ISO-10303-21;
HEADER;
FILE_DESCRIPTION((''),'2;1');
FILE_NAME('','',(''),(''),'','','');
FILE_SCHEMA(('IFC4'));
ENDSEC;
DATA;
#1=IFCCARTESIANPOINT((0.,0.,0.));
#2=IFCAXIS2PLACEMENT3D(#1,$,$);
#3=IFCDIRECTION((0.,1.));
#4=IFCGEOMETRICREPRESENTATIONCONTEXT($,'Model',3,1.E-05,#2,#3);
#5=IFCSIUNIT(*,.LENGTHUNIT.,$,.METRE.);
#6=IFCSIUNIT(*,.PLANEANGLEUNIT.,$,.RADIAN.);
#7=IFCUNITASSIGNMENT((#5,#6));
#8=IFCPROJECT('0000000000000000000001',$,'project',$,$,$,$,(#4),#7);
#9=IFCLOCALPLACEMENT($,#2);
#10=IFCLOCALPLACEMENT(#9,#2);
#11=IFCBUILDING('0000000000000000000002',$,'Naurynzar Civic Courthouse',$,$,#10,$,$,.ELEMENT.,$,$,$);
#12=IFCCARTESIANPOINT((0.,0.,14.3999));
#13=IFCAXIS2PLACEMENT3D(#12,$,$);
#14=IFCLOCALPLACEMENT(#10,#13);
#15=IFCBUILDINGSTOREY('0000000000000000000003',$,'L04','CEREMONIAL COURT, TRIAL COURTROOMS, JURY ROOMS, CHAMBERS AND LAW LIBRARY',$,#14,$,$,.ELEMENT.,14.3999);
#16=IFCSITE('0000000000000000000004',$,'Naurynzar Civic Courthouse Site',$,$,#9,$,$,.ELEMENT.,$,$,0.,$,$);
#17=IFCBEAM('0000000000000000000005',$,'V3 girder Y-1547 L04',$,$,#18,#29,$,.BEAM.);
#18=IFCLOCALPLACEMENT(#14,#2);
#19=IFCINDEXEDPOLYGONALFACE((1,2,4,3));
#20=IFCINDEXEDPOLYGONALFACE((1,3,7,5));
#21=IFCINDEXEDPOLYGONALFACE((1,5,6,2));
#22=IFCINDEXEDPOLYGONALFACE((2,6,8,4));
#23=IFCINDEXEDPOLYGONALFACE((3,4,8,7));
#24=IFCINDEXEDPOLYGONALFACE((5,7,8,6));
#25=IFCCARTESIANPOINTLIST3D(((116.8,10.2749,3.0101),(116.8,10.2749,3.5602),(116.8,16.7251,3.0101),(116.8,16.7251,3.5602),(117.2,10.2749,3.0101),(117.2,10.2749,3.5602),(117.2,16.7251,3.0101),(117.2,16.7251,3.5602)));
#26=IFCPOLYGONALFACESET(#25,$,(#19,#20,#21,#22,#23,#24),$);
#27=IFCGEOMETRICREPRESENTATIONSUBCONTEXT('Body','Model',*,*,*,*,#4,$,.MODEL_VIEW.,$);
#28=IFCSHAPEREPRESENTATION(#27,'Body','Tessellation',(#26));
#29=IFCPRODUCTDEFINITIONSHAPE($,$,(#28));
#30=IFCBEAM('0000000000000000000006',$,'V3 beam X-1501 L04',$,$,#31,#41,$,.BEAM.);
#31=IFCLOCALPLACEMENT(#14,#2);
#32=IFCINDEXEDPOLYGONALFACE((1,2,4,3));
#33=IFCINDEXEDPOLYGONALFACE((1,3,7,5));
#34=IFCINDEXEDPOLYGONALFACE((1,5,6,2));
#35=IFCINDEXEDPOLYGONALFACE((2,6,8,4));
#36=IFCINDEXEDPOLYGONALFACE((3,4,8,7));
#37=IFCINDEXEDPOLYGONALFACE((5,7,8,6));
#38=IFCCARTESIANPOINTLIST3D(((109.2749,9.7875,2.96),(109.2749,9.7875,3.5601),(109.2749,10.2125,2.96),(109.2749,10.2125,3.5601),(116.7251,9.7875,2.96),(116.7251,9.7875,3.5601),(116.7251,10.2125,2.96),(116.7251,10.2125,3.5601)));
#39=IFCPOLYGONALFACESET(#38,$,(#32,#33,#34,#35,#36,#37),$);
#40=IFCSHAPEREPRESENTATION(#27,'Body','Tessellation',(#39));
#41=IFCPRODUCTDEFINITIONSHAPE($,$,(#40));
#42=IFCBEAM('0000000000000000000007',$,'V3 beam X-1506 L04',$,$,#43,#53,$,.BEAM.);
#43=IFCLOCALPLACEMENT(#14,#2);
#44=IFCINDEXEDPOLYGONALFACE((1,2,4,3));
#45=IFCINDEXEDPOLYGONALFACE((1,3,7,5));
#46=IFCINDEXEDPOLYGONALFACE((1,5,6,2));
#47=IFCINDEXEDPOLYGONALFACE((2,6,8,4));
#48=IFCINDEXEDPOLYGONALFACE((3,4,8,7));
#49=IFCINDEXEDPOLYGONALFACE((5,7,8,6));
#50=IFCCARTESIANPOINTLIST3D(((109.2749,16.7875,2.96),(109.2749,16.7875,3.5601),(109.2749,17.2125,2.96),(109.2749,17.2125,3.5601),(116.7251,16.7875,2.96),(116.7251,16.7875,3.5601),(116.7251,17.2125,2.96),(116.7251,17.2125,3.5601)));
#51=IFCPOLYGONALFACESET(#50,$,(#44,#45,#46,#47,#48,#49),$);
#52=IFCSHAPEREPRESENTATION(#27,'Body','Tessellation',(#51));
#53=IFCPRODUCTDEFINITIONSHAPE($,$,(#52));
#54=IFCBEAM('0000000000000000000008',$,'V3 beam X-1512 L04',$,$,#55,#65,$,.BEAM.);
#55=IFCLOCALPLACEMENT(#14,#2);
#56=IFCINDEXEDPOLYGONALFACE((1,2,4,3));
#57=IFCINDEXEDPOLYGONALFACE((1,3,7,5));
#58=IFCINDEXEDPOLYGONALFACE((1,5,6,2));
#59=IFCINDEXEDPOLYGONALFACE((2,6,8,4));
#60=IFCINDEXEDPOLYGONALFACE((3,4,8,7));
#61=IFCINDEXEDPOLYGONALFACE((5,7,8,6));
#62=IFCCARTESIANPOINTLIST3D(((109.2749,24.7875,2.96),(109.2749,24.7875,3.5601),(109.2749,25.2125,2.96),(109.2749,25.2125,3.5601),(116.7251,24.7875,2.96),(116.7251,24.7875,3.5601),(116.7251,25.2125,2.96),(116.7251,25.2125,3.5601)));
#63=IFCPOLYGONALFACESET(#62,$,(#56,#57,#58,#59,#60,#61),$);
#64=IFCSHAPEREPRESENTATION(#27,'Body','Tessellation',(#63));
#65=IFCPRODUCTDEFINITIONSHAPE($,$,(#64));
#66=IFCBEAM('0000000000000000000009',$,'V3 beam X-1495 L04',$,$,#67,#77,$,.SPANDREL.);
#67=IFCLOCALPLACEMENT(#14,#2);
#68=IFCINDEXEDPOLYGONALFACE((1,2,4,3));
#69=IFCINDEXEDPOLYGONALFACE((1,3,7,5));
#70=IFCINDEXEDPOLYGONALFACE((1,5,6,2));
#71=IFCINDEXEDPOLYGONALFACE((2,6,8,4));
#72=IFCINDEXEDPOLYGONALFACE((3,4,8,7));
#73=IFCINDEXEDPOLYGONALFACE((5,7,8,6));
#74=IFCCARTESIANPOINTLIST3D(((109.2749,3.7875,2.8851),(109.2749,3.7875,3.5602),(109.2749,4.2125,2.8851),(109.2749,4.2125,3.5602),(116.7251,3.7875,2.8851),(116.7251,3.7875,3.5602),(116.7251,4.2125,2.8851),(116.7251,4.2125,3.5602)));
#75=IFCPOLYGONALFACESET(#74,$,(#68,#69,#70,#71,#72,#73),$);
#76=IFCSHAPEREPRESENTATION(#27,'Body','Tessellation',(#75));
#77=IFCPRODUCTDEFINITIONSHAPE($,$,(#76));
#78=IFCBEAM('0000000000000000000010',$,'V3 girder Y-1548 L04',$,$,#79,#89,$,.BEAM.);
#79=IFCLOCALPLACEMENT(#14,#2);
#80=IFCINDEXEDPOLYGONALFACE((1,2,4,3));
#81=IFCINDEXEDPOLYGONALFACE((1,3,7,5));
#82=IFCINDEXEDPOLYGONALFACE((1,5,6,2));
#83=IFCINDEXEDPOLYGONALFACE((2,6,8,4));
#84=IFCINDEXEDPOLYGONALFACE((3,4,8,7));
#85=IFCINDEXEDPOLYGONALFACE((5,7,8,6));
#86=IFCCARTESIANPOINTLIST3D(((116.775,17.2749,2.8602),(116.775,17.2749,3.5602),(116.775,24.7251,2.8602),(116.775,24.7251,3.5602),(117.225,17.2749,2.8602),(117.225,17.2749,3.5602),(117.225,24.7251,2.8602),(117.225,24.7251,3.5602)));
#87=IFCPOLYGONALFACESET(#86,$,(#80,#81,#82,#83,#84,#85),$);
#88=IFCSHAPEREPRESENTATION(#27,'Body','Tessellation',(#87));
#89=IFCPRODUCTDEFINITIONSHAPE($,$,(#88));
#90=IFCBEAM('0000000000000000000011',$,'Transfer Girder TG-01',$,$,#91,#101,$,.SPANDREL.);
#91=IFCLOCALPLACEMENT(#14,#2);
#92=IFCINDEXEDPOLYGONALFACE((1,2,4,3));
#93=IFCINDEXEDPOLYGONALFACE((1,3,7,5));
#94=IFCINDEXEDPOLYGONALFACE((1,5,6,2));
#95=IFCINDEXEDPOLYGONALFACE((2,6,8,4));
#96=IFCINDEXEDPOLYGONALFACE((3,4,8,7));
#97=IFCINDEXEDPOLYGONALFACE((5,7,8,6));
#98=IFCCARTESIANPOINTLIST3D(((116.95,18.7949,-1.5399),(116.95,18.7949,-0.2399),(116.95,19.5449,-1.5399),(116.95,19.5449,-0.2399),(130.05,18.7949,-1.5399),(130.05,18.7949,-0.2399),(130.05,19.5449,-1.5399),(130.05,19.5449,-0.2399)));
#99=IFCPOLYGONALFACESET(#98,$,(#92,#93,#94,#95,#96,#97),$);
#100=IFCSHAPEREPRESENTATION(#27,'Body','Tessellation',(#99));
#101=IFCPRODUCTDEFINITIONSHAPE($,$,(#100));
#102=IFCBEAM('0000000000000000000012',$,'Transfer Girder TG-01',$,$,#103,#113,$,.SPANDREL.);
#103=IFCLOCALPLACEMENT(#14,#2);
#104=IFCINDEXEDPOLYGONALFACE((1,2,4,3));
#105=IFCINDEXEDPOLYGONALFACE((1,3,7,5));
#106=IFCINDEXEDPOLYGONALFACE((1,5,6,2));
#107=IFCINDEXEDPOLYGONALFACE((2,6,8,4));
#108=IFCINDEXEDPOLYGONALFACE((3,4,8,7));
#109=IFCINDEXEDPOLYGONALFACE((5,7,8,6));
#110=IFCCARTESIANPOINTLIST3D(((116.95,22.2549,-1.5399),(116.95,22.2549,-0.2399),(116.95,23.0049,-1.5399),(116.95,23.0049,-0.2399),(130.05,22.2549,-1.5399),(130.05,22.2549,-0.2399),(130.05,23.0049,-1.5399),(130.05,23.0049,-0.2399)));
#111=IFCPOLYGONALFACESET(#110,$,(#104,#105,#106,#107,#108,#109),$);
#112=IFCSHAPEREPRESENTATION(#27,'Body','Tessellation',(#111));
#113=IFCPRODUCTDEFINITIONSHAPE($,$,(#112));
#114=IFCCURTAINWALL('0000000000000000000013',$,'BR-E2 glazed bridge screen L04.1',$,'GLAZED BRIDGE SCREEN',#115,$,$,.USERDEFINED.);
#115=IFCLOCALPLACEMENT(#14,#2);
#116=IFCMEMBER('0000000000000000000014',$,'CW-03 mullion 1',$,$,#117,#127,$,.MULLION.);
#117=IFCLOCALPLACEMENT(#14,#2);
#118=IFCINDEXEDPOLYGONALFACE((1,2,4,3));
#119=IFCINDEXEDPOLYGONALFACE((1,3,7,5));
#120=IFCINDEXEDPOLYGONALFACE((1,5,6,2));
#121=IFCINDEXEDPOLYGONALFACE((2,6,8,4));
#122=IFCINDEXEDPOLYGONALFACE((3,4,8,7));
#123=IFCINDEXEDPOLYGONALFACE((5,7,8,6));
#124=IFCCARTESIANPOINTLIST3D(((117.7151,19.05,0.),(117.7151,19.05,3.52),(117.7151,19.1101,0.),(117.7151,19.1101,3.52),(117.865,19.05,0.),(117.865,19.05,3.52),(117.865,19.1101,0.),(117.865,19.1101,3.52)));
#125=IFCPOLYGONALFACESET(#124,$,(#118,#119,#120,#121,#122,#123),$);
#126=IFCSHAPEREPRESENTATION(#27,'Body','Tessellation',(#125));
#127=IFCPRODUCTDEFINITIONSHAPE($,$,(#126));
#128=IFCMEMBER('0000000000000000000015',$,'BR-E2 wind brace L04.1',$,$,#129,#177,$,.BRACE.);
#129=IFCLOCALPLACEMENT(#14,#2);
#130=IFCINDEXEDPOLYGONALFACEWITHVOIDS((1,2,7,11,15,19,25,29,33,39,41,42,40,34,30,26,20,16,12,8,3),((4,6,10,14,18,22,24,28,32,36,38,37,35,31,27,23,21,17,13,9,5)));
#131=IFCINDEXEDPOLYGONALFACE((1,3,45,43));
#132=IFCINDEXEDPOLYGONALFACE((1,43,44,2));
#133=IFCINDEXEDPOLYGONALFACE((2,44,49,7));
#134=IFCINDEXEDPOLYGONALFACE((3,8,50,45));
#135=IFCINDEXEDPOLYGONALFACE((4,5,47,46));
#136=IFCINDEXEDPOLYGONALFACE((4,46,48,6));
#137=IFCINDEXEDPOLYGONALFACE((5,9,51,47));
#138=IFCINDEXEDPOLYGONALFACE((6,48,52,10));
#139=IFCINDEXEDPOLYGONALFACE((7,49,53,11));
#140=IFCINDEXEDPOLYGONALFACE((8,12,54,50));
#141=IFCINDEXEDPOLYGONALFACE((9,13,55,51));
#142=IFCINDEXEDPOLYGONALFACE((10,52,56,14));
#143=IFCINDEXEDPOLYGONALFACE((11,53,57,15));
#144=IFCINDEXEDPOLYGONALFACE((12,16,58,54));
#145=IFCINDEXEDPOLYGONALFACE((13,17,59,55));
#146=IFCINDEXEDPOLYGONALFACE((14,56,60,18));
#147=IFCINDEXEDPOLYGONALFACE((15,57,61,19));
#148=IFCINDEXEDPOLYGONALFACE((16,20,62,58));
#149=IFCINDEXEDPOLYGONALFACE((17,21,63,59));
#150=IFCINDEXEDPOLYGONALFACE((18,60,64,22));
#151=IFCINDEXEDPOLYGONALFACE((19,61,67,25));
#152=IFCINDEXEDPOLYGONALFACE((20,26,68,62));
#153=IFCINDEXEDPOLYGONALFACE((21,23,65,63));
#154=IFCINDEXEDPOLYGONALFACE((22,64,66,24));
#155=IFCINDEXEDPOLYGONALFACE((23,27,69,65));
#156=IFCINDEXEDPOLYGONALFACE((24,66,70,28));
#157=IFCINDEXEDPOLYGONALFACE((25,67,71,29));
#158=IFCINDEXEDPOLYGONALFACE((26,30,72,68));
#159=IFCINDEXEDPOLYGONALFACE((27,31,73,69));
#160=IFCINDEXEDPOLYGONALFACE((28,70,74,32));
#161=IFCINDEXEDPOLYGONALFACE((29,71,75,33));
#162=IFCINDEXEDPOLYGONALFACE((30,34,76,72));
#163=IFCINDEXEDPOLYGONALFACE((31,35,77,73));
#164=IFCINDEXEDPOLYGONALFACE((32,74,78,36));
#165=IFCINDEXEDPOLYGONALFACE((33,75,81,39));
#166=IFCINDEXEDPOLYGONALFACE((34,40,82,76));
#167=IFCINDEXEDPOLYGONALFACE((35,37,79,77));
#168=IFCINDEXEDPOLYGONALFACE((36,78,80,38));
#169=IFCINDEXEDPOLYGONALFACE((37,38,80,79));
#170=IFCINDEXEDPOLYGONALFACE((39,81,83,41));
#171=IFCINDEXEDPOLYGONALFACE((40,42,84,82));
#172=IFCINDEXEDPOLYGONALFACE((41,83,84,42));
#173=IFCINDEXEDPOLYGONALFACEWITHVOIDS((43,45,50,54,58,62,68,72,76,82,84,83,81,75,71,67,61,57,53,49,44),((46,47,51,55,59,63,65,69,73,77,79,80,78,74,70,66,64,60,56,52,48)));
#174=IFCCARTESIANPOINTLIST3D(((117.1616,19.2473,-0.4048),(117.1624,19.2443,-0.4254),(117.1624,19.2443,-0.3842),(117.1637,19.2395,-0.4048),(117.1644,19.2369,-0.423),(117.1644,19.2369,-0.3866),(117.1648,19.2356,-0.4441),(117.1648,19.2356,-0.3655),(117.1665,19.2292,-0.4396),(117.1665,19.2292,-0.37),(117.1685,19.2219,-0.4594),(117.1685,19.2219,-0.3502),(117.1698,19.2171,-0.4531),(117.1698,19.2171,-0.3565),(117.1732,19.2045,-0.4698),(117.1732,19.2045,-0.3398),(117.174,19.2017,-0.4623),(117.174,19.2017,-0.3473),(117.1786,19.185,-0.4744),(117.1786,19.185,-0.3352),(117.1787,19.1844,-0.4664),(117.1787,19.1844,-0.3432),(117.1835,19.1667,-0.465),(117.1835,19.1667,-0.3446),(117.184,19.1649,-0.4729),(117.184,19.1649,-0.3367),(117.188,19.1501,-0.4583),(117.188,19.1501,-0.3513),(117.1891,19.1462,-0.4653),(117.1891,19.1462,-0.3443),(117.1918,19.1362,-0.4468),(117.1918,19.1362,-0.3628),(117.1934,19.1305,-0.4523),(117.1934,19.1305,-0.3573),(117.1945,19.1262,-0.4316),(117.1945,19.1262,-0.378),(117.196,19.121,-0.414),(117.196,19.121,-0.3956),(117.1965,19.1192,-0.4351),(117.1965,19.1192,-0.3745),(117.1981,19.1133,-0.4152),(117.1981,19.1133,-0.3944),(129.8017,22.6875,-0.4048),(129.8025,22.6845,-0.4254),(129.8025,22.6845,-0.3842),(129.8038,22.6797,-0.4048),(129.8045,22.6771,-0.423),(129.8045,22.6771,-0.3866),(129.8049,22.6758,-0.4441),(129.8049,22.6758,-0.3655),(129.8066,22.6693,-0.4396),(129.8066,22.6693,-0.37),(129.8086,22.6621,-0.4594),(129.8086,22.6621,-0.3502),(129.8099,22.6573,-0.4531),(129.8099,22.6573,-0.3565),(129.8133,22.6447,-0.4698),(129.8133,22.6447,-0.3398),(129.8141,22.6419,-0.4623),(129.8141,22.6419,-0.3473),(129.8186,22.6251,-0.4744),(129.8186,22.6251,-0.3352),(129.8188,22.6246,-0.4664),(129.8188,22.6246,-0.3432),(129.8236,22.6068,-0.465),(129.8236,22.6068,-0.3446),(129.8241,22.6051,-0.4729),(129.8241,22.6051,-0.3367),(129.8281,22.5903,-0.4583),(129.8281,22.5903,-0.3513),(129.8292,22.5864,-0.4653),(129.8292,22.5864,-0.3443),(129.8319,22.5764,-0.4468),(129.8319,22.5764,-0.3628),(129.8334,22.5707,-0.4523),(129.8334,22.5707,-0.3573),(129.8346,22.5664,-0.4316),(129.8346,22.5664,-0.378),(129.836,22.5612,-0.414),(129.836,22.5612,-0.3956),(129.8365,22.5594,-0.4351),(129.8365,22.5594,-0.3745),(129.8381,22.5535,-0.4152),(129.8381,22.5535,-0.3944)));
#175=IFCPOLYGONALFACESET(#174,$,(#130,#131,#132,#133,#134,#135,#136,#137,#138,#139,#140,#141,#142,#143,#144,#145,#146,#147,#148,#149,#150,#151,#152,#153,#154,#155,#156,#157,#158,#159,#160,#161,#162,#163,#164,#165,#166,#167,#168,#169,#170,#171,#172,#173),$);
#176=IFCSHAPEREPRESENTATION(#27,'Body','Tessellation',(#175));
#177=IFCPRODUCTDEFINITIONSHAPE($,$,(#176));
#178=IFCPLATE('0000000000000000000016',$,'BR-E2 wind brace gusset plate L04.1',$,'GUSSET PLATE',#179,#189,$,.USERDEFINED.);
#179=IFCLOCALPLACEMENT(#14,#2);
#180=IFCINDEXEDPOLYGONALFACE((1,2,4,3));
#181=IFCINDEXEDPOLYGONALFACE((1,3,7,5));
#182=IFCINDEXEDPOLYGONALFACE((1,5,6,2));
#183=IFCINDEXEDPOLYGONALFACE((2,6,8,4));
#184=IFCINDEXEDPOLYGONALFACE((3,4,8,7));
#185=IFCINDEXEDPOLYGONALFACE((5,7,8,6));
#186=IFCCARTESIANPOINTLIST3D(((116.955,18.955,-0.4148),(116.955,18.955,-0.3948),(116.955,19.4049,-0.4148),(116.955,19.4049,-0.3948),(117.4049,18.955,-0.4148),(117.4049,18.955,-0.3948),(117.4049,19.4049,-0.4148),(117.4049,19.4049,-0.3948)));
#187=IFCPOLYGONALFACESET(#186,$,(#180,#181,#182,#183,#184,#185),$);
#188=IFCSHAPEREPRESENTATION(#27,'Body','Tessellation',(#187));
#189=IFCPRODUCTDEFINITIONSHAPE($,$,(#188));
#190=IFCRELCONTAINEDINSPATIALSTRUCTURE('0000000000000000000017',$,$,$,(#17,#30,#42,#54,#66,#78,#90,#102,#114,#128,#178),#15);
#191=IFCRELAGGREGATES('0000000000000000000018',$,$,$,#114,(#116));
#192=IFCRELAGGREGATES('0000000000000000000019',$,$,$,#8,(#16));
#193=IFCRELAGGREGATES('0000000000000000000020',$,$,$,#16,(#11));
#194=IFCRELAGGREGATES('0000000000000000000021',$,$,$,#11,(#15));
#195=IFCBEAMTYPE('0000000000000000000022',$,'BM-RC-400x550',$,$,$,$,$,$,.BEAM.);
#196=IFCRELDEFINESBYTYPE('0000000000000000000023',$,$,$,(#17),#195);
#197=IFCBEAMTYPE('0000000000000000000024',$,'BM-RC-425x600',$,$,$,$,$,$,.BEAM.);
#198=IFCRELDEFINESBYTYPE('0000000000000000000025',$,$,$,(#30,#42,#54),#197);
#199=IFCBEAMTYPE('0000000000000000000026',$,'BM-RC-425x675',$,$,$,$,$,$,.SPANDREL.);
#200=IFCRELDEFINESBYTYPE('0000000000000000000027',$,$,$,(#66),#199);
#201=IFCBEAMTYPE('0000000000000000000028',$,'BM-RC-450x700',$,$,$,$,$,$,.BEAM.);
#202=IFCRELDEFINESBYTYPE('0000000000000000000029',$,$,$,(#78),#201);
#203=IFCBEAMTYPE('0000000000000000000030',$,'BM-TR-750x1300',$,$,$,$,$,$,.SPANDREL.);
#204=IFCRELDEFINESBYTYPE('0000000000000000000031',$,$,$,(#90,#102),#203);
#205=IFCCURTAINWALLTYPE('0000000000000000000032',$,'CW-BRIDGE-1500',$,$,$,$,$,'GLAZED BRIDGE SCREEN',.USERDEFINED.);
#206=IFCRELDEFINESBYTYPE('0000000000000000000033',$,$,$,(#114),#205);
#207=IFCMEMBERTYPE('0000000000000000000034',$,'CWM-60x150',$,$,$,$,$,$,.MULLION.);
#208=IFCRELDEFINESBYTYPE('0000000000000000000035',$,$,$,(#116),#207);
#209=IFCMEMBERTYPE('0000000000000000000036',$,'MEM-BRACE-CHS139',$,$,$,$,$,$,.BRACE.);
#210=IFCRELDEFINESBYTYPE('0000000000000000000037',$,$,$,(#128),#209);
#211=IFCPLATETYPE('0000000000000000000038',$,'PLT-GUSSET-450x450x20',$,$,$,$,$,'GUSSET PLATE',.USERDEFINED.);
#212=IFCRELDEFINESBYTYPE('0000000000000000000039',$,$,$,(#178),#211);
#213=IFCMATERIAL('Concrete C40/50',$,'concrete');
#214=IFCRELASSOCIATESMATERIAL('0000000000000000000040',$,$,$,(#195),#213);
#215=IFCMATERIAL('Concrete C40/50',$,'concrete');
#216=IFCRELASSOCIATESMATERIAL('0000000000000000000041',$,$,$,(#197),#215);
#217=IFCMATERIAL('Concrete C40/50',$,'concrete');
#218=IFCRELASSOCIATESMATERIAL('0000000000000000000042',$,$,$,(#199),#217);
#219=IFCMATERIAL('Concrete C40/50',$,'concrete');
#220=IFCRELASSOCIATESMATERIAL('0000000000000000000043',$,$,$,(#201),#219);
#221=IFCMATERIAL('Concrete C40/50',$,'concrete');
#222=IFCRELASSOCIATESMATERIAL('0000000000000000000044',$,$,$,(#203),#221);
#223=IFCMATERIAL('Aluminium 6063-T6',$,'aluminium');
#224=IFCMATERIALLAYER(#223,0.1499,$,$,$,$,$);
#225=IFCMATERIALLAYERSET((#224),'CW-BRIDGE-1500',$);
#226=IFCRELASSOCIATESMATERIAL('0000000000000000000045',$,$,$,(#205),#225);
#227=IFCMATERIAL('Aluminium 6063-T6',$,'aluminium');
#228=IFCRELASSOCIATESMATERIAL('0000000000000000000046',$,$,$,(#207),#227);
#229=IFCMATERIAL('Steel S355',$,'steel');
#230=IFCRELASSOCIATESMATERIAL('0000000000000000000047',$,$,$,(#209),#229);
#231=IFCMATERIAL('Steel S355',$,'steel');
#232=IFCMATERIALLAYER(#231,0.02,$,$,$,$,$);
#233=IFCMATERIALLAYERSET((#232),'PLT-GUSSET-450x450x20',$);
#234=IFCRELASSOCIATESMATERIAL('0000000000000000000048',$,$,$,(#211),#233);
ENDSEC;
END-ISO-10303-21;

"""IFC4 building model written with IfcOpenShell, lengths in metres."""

from ifc_helpers import new_model, si_unit, direction, frame, origin, origin_2d, place, context, subcontext, project, spatial, rectangle, hollow_circle, extrude, material, layer, layer_set, material_profile, profile_set, type_object, element, aggregate, save


model = new_model("IFC4")

# Units and contexts
model_context = context("Model", 3, precision=1e-05, world=origin(), true_north=direction((0.0, 1.0)))
body_context = subcontext(model_context, "Body", "Model", "MODEL_VIEW")
ifc_project = project(units=[si_unit("LENGTHUNIT", "METRE"), si_unit("PLANEANGLEUNIT", "RADIAN")], contexts=[model_context])

# Site, building, storey
site_placement = place(None, origin())
site = spatial("IfcSite", under=ifc_project, at=site_placement, Name="Naurynzar Civic Courthouse Site", CompositionType="ELEMENT", RefElevation=0.0)
building_placement = place(site_placement, origin())
building = spatial("IfcBuilding", under=site, at=building_placement, Name="Naurynzar Civic Courthouse", CompositionType="ELEMENT")
storey_placement = place(building_placement, frame((0.0, 0.0, 14.3999)))
storey = spatial("IfcBuildingStorey", under=building, at=storey_placement, Name="L04", Description="CEREMONIAL COURT, TRIAL COURTROOMS, JURY ROOMS, CHAMBERS AND LAW LIBRARY", CompositionType="ELEMENT", Elevation=14.3999)

# Beams
ifc_material_1 = material(Name="Concrete C40/50", Category="concrete")
ifc_material_profile_1 = material_profile(ifc_material_1, rectangle(XDim=0.3999, YDim=0.55, at=origin_2d()), Name="RCB 400x550")
ifc_profile_set_1 = profile_set([ifc_material_profile_1], Name="Concrete C40/50")
beam_type_1 = type_object("IfcBeamType", Name="BM-RC-400x550", PredefinedType="BEAM", material=ifc_profile_set_1)
beam_1_placement = place(storey_placement, frame((117.0, 10.2749, 3.2852), z_axis=(0.0, 1.0, 0.0), x_axis=(-1.0, 0.0, 0.0)))
element("IfcBeam", 1, at=beam_1_placement, inside=storey, type_object=beam_type_1, Name="V3 girder Y-1547 L04", PredefinedType="BEAM", context=body_context, shape_type="SweptSolid", body=[
    extrude(rectangle(XDim=0.3999, YDim=0.55, at=origin_2d()), origin(), (0.0, 0.0, 1.0), 6.4502),
])
ifc_material_2 = material(Name="Concrete C40/50", Category="concrete")
ifc_material_profile_2 = material_profile(ifc_material_2, rectangle(XDim=0.425, YDim=0.6001, at=origin_2d()), Name="RCB 425x600")
ifc_profile_set_2 = profile_set([ifc_material_profile_2], Name="Concrete C40/50")
beam_type_2 = type_object("IfcBeamType", Name="BM-RC-425x600", PredefinedType="BEAM", material=ifc_profile_set_2)
for number, where, z_axis, x_axis, name in (
    (2, (109.2749, 10.0, 3.26), (1.0, 0.0, 0.0), (0.0, 1.0, 0.0), "V3 beam X-1501 L04"),
    (3, (109.2749, 17.0, 3.26), (1.0, 0.0, 0.0), (0.0, 1.0, 0.0), "V3 beam X-1506 L04"),
    (4, (109.2749, 25.0, 3.26), (1.0, 0.0, 0.0), (0.0, 1.0, 0.0), "V3 beam X-1512 L04"),
):
    element("IfcBeam", number, at=place(storey_placement, frame(where, z_axis=z_axis, x_axis=x_axis)), inside=storey, type_object=beam_type_2, Name=name, PredefinedType="BEAM", context=body_context, shape_type="SweptSolid", body=[
        extrude(rectangle(XDim=0.425, YDim=0.6001, at=origin_2d()), origin(), (0.0, 0.0, 1.0), 7.4502),
    ])
ifc_material_3 = material(Name="Concrete C40/50", Category="concrete")
ifc_material_profile_3 = material_profile(ifc_material_3, rectangle(XDim=0.425, YDim=0.675, at=origin_2d()), Name="RCB 425x675")
ifc_profile_set_3 = profile_set([ifc_material_profile_3], Name="Concrete C40/50")
beam_type_3 = type_object("IfcBeamType", Name="BM-RC-425x675", PredefinedType="SPANDREL", material=ifc_profile_set_3)
beam_2_placement = place(storey_placement, frame((109.2749, 4.0, 3.2227), z_axis=(1.0, 0.0, 0.0), x_axis=(0.0, 1.0, 0.0)))
element("IfcBeam", 5, at=beam_2_placement, inside=storey, type_object=beam_type_3, Name="V3 beam X-1495 L04", PredefinedType="SPANDREL", context=body_context, shape_type="SweptSolid", body=[
    extrude(rectangle(XDim=0.425, YDim=0.675, at=origin_2d()), origin(), (0.0, 0.0, 1.0), 7.4502),
])
ifc_material_4 = material(Name="Concrete C40/50", Category="concrete")
ifc_material_profile_4 = material_profile(ifc_material_4, rectangle(XDim=0.45, YDim=0.7, at=origin_2d()), Name="RCB 450x700")
ifc_profile_set_4 = profile_set([ifc_material_profile_4], Name="Concrete C40/50")
beam_type_4 = type_object("IfcBeamType", Name="BM-RC-450x700", PredefinedType="BEAM", material=ifc_profile_set_4)
beam_3_placement = place(storey_placement, frame((117.0, 17.2749, 3.2102), z_axis=(0.0, 1.0, 0.0), x_axis=(-1.0, 0.0, 0.0)))
element("IfcBeam", 6, at=beam_3_placement, inside=storey, type_object=beam_type_4, Name="V3 girder Y-1548 L04", PredefinedType="BEAM", context=body_context, shape_type="SweptSolid", body=[
    extrude(rectangle(XDim=0.45, YDim=0.7, at=origin_2d()), origin(), (0.0, 0.0, 1.0), 7.4502),
])
ifc_material_5 = material(Name="Concrete C40/50", Category="concrete")
ifc_material_profile_5 = material_profile(ifc_material_5, rectangle(XDim=0.75, YDim=1.3, at=origin_2d()), Name="RCT 750x1300")
ifc_profile_set_5 = profile_set([ifc_material_profile_5], Name="Concrete C40/50")
beam_type_5 = type_object("IfcBeamType", Name="BM-TR-750x1300", PredefinedType="SPANDREL", material=ifc_profile_set_5)
for number, where, z_axis, x_axis, name in (
    (7, (116.95, 19.1699, -0.8899), (1.0, 0.0, 0.0), (0.0, 1.0, 0.0), "Transfer Girder TG-01"),
    (8, (116.95, 22.6299, -0.8899), (1.0, 0.0, 0.0), (0.0, 1.0, 0.0), "Transfer Girder TG-01"),
):
    element("IfcBeam", number, at=place(storey_placement, frame(where, z_axis=z_axis, x_axis=x_axis)), inside=storey, type_object=beam_type_5, Name=name, PredefinedType="SPANDREL", context=body_context, shape_type="SweptSolid", body=[
        extrude(rectangle(XDim=0.75, YDim=1.3, at=origin_2d()), origin(), (0.0, 0.0, 1.0), 13.1001),
    ])

# Curtain wall, member
ifc_material_6 = material(Name="Aluminium 6063-T6", Category="aluminium")
ifc_layer_1 = layer(ifc_material_6, 0.1499)
ifc_layer_set_1 = layer_set([ifc_layer_1], Name="CW-BRIDGE-1500")
curtain_wall_type = type_object("IfcCurtainWallType", Name="CW-BRIDGE-1500", ElementType="GLAZED BRIDGE SCREEN", PredefinedType="USERDEFINED", material=ifc_layer_set_1)
curtain_wall_placement = place(storey_placement, origin())
curtain_wall = element("IfcCurtainWall", 9, at=curtain_wall_placement, inside=storey, type_object=curtain_wall_type, Name="BR-E2 glazed bridge screen L04.1", ObjectType="GLAZED BRIDGE SCREEN", PredefinedType="USERDEFINED")
ifc_material_7 = material(Name="Aluminium 6063-T6", Category="aluminium")
ifc_material_profile_6 = material_profile(ifc_material_7, rectangle(XDim=0.0601, YDim=0.1499, at=origin_2d()), Name="ALU MULLION 60x150")
ifc_profile_set_6 = profile_set([ifc_material_profile_6], Name="Aluminium 6063-T6")
member_type_1 = type_object("IfcMemberType", Name="CWM-60x150", PredefinedType="MULLION", material=ifc_profile_set_6)
member_1_placement = place(storey_placement, frame((117.79, 19.0801, 0.0), z_axis=(0.0, 0.0, 1.0), x_axis=(0.0, 1.0, 0.0)))
member_1 = element("IfcMember", 10, at=member_1_placement, type_object=member_type_1, Name="CW-03 mullion 1", PredefinedType="MULLION", context=body_context, shape_type="SweptSolid", body=[
    extrude(rectangle(XDim=0.0601, YDim=0.1499, at=origin_2d()), origin(), (0.0, 0.0, 1.0), 3.52),
])
aggregate(curtain_wall, [member_1])

# Member
ifc_material_8 = material(Name="Steel S355", Category="steel")
ifc_material_profile_7 = material_profile(ifc_material_8, hollow_circle(Radius=0.0698, WallThickness=0.0081, at=origin_2d()), Name="CHS 139.7x8")
ifc_profile_set_7 = profile_set([ifc_material_profile_7], Name="Steel S355")
member_type_2 = type_object("IfcMemberType", Name="MEM-BRACE-CHS139", PredefinedType="BRACE", material=ifc_profile_set_7)
member_2_placement = place(storey_placement, frame((117.1799, 19.1799, -0.4048), z_axis=(0.964902, 0.262611, 0.0), x_axis=(-0.262611, 0.964902, 0.0)))
element("IfcMember", 11, at=member_2_placement, inside=storey, type_object=member_type_2, Name="BR-E2 wind brace L04.1", PredefinedType="BRACE", context=body_context, shape_type="SweptSolid", body=[
    extrude(hollow_circle(Radius=0.0698, WallThickness=0.0081, at=origin_2d()), origin(), (0.0, 0.0, 1.0), 13.0999),
])

# Plate
ifc_material_9 = material(Name="Steel S355", Category="steel")
ifc_layer_2 = layer(ifc_material_9, 0.02)
ifc_layer_set_2 = layer_set([ifc_layer_2], Name="PLT-GUSSET-450x450x20")
plate_type_1 = type_object("IfcPlateType", Name="PLT-GUSSET-450x450x20", ElementType="GUSSET PLATE", PredefinedType="USERDEFINED", material=ifc_layer_set_2)
plate_1_placement = place(storey_placement, frame((117.1799, 19.1799, -0.4148), z_axis=(0.0, 0.0, 1.0), x_axis=(1.0, 0.0, 0.0)))
element("IfcPlate", 12, at=plate_1_placement, inside=storey, type_object=plate_type_1, Name="BR-E2 wind brace gusset plate L04.1", ObjectType="GUSSET PLATE", PredefinedType="USERDEFINED", context=body_context, shape_type="SweptSolid", body=[
    extrude(rectangle(XDim=0.45, YDim=0.45, at=origin_2d()), origin(), (0.0, 0.0, 1.0), 0.02),
])

save(model, "model.ifc")
